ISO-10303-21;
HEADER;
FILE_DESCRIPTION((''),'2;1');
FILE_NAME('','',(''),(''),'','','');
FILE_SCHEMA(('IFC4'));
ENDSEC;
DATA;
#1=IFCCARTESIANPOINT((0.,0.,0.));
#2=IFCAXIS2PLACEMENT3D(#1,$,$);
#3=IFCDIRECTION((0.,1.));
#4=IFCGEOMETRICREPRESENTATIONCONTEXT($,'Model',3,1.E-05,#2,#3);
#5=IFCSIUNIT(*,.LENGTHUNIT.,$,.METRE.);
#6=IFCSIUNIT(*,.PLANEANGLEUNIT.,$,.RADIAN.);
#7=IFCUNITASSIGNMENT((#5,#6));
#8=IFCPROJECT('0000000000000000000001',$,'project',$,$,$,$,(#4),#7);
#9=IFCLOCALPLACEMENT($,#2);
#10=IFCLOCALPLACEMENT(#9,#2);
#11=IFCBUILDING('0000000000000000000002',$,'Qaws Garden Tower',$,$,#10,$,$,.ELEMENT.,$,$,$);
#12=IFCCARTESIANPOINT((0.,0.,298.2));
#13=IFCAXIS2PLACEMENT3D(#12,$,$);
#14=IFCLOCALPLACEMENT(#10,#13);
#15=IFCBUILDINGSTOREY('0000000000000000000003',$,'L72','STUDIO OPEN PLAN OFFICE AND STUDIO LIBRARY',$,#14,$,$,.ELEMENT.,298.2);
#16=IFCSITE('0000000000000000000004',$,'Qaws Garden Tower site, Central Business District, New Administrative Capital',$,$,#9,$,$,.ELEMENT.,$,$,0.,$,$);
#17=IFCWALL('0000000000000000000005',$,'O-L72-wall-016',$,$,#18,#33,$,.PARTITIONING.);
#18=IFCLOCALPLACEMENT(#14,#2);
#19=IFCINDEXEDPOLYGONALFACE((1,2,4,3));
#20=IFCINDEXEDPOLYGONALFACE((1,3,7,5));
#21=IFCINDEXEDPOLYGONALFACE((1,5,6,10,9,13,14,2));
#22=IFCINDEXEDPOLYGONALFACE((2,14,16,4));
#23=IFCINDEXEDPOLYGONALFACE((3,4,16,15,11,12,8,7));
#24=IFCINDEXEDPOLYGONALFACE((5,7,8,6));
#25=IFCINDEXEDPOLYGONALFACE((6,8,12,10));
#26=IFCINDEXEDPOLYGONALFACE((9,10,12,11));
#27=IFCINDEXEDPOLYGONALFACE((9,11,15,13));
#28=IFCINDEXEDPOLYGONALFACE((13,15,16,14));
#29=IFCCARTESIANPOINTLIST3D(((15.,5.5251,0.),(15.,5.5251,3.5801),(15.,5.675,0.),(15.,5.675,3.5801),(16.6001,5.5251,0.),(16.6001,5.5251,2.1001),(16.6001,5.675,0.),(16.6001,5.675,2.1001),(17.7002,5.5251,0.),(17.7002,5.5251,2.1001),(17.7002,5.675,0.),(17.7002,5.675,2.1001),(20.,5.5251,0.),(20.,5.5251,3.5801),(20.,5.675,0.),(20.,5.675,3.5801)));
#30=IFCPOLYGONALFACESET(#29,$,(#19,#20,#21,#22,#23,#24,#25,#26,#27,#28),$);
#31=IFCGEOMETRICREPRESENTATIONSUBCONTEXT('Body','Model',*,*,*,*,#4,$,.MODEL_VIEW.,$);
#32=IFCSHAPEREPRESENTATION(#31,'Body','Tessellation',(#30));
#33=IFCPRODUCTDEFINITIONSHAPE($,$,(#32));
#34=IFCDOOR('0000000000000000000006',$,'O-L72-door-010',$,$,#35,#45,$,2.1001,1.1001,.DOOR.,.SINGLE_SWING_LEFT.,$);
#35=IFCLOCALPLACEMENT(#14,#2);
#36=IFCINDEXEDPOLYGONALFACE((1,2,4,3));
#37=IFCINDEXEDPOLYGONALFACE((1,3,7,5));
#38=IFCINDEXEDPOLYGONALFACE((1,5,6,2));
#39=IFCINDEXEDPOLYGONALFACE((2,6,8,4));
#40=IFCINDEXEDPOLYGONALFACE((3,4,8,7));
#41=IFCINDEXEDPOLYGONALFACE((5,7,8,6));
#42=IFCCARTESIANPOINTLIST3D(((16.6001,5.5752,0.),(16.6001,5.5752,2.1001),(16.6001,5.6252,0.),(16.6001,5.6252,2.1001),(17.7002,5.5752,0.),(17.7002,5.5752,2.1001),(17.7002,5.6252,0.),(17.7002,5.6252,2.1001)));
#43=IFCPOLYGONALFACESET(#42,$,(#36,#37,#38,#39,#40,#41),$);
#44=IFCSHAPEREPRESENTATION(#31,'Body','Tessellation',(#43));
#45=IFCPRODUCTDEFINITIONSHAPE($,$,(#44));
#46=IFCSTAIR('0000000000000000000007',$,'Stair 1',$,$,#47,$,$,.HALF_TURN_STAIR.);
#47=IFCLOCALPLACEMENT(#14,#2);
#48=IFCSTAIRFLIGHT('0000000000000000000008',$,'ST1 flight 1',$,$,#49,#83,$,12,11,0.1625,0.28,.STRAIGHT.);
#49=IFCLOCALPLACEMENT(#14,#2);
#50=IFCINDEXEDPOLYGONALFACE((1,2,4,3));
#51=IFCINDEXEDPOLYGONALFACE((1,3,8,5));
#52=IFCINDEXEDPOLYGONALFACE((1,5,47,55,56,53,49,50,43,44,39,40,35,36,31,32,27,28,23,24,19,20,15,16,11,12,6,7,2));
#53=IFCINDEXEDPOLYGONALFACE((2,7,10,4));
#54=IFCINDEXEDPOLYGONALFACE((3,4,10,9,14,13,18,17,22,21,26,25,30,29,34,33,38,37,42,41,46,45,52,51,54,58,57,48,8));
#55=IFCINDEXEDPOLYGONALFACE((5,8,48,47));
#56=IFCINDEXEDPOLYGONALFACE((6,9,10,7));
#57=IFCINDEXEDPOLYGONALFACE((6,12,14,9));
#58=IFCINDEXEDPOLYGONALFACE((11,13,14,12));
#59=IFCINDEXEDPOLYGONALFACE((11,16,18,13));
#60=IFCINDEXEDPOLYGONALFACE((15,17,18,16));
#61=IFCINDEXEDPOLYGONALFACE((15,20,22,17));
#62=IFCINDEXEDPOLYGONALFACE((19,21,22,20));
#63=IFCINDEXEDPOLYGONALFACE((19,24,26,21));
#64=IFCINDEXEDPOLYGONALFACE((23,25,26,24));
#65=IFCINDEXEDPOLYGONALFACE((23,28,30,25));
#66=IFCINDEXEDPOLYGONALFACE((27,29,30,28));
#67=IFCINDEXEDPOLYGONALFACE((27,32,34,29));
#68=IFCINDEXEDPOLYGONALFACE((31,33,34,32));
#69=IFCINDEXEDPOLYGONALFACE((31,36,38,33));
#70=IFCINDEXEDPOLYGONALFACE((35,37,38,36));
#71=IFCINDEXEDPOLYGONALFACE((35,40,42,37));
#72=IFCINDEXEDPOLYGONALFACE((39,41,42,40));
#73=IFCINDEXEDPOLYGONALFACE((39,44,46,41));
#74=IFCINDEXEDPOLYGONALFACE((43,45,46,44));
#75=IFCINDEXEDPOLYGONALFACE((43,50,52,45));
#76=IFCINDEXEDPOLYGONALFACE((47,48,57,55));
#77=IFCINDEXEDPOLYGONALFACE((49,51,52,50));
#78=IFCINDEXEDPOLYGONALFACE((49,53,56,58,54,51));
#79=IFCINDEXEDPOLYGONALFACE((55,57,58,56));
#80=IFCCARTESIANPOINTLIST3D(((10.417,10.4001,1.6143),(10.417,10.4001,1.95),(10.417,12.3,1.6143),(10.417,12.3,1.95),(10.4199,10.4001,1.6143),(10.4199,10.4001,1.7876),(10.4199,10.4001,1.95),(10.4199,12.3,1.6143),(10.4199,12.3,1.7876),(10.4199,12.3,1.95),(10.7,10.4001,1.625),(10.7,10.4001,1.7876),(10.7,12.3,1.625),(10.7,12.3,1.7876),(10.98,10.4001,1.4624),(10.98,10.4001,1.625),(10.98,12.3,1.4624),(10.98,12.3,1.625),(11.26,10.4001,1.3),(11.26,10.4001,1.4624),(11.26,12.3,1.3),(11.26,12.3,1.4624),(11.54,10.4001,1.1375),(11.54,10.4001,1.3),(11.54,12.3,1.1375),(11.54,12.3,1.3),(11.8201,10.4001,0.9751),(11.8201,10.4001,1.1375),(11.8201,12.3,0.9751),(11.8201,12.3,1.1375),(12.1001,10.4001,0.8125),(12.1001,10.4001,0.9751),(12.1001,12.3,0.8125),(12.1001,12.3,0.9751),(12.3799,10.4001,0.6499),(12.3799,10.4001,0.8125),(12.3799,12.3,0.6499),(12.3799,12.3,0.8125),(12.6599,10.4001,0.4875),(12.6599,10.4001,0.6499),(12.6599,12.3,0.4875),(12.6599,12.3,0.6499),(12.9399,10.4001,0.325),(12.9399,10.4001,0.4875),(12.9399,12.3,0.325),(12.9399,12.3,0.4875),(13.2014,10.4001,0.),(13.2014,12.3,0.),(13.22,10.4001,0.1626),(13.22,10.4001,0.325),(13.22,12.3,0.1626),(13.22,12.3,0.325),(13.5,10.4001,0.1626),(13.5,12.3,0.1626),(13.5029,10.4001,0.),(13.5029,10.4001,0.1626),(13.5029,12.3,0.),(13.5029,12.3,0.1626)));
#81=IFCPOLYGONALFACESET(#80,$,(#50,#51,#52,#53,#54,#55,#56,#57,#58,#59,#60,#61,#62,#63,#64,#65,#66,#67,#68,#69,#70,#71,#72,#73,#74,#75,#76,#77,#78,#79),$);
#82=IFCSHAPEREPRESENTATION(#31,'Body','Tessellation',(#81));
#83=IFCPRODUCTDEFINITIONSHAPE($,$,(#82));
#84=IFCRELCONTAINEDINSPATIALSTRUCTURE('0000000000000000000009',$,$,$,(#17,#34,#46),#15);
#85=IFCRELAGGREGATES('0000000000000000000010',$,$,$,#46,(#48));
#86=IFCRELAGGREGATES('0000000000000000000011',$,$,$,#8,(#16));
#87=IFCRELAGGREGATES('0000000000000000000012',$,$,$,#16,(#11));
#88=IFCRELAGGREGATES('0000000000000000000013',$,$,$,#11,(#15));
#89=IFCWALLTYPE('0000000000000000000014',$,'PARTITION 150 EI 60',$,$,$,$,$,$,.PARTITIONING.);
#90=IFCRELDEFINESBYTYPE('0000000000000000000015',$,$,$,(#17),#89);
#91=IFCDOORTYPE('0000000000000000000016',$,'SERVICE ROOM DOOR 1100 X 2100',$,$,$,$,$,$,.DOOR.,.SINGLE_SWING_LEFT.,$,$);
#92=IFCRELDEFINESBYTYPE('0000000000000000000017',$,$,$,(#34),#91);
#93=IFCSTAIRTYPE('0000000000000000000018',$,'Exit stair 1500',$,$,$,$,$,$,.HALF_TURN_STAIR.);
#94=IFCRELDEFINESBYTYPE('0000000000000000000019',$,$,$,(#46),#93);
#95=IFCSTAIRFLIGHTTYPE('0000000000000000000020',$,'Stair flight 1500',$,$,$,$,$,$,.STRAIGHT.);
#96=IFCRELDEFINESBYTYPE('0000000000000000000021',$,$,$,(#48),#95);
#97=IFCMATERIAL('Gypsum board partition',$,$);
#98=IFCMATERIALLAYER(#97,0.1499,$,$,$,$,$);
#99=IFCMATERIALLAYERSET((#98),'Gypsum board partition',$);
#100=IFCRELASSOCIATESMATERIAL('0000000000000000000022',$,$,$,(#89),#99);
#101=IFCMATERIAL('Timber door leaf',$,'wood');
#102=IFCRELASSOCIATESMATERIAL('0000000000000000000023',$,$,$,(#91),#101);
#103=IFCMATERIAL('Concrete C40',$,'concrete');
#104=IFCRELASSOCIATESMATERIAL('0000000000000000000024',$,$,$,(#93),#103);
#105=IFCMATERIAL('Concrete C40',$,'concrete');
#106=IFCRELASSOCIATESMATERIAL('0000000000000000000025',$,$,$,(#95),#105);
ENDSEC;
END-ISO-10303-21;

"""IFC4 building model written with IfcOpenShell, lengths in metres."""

from ifc_helpers import new_model, si_unit, direction, frame, frame_2d, origin, place, context, subcontext, project, spatial, polyline, rectangle, outline, extrude, material, layer, layer_set, type_object, element, fill, aggregate, save


model = new_model("IFC4")

# Units and contexts
model_context = context("Model", 3, precision=1e-05, world=origin(), true_north=direction((0.0, 1.0)))
body_context = subcontext(model_context, "Body", "Model", "MODEL_VIEW")
ifc_project = project(units=[si_unit("LENGTHUNIT", "METRE"), si_unit("PLANEANGLEUNIT", "RADIAN")], contexts=[model_context])

# Site, building, storey
site_placement = place(None, origin())
site = spatial("IfcSite", under=ifc_project, at=site_placement, Name="Qaws Garden Tower site, Central Business District, New Administrative Capital", CompositionType="ELEMENT", RefElevation=0.0)
building_placement = place(site_placement, origin())
building = spatial("IfcBuilding", under=site, at=building_placement, Name="Qaws Garden Tower", CompositionType="ELEMENT")
storey_placement = place(building_placement, frame((0.0, 0.0, 298.2)))
storey = spatial("IfcBuildingStorey", under=building, at=storey_placement, Name="L72", Description="STUDIO OPEN PLAN OFFICE AND STUDIO LIBRARY", CompositionType="ELEMENT", Elevation=298.2)

# Shared definitions
ifc_material_1 = material(Name="Gypsum board partition")
ifc_layer_1 = layer(ifc_material_1, 0.1499)
ifc_layer_set_1 = layer_set([ifc_layer_1], Name="Gypsum board partition")
wall_type_1 = type_object("IfcWallType", Name="PARTITION 150 EI 60", PredefinedType="PARTITIONING", material=ifc_layer_set_1)

# Wall, opening, door
wall_1_placement = place(storey_placement, frame((15.0, 5.6001, 0.0), z_axis=(0.0, 0.0, 1.0), x_axis=(1.0, 0.0, 0.0)))
wall_1 = element("IfcWall", 1, at=wall_1_placement, inside=storey, type_object=wall_type_1, Name="O-L72-wall-016", PredefinedType="PARTITIONING", context=body_context, shape_type="SweptSolid", body=[
    extrude(rectangle(XDim=5.0, YDim=0.1499, at=frame_2d((2.5, 0.0))), origin(), (0.0, 0.0, 1.0), 3.5801),
])
opening_1_placement = place(wall_1_placement, frame((1.6001, 0.0, 0.0)))
opening_1 = element("IfcOpeningElement", 2, at=opening_1_placement, cuts=wall_1, PredefinedType="OPENING", context=body_context, shape_type="SweptSolid", body=[
    extrude(rectangle(XDim=1.1001, YDim=2.1001, at=frame_2d((0.55, 1.05))), frame((0.0, 0.085, 0.0), z_axis=(0.0, -1.0, 0.0), x_axis=(1.0, 0.0, 0.0)), (0.0, 0.0, 1.0), 0.1699),
])
ifc_material_2 = material(Name="Timber door leaf", Category="wood")
door_type_1 = type_object("IfcDoorType", Name="SERVICE ROOM DOOR 1100 X 2100", OperationType="SINGLE_SWING_LEFT", PredefinedType="DOOR", material=ifc_material_2)
door_1_placement = place(opening_1_placement, frame((1.1001, 0.0, 0.0), z_axis=(0.0, 0.0, 1.0), x_axis=(-1.0, 0.0, 0.0)))
door_1 = element("IfcDoor", 3, at=door_1_placement, inside=storey, type_object=door_type_1, Name="O-L72-door-010", OperationType="SINGLE_SWING_LEFT", OverallHeight=2.1001, OverallWidth=1.1001, PredefinedType="DOOR", context=body_context, shape_type="SweptSolid", body=[
    extrude(rectangle(XDim=1.1001, YDim=2.1001, at=frame_2d((0.55, 1.05))), frame((0.0, 0.0249, 0.0), z_axis=(0.0, -1.0, 0.0), x_axis=(1.0, 0.0, 0.0)), (0.0, 0.0, 1.0), 0.05),
])
fill(opening_1, door_1)

# Stair, stair flight
ifc_material_3 = material(Name="Concrete C40", Category="concrete")
stair_type = type_object("IfcStairType", Name="Exit stair 1500", PredefinedType="HALF_TURN_STAIR", material=ifc_material_3)
stair_placement = place(storey_placement, origin())
stair = element("IfcStair", 4, at=stair_placement, inside=storey, type_object=stair_type, Name="Stair 1", PredefinedType="HALF_TURN_STAIR")
ifc_material_4 = material(Name="Concrete C40", Category="concrete")
stair_flight_type = type_object("IfcStairFlightType", Name="Stair flight 1500", PredefinedType="STRAIGHT", material=ifc_material_4)
stair_flight_placement = place(storey_placement, frame((13.5, 11.3501, 0.0), z_axis=(0.0, 0.0, 1.0), x_axis=(-1.0, 0.0, 0.0)))
stair_flight = element("IfcStairFlight", 5, at=stair_flight_placement, type_object=stair_flight_type, Name="ST1 flight 1", NumberOfRisers=12, NumberOfTreads=11, PredefinedType="STRAIGHT", RiserHeight=0.1625, TreadLength=0.28, context=body_context, shape_type="SweptSolid", body=[
    extrude(outline(polyline([(-0.0029, 0.0), (-0.0029, 0.1626), (0.0, 0.1626), (0.28, 0.1626), (0.28, 0.325), (0.5601, 0.325), (0.5601, 0.4875), (0.8401, 0.4875), (0.8401, 0.6499), (1.1201, 0.6499), (1.1201, 0.8125), (1.3999, 0.8125), (1.3999, 0.9751), (1.6799, 0.9751), (1.6799, 1.1375), (1.96, 1.1375), (1.96, 1.3), (2.24, 1.3), (2.24, 1.4624), (2.52, 1.4624), (2.52, 1.625), (2.8, 1.625), (2.8, 1.7876), (3.0801, 1.7876), (3.0801, 1.95), (3.083, 1.95), (3.083, 1.6143), (3.0801, 1.6143), (0.2986, 0.0), (-0.0029, 0.0)])), frame((0.0, 0.95, 0.0), z_axis=(0.0, -1.0, 0.0), x_axis=(1.0, 0.0, 0.0)), (0.0, 0.0, 1.0), 1.8999),
])
aggregate(stair, [stair_flight])

save(model, "model.ifc")
